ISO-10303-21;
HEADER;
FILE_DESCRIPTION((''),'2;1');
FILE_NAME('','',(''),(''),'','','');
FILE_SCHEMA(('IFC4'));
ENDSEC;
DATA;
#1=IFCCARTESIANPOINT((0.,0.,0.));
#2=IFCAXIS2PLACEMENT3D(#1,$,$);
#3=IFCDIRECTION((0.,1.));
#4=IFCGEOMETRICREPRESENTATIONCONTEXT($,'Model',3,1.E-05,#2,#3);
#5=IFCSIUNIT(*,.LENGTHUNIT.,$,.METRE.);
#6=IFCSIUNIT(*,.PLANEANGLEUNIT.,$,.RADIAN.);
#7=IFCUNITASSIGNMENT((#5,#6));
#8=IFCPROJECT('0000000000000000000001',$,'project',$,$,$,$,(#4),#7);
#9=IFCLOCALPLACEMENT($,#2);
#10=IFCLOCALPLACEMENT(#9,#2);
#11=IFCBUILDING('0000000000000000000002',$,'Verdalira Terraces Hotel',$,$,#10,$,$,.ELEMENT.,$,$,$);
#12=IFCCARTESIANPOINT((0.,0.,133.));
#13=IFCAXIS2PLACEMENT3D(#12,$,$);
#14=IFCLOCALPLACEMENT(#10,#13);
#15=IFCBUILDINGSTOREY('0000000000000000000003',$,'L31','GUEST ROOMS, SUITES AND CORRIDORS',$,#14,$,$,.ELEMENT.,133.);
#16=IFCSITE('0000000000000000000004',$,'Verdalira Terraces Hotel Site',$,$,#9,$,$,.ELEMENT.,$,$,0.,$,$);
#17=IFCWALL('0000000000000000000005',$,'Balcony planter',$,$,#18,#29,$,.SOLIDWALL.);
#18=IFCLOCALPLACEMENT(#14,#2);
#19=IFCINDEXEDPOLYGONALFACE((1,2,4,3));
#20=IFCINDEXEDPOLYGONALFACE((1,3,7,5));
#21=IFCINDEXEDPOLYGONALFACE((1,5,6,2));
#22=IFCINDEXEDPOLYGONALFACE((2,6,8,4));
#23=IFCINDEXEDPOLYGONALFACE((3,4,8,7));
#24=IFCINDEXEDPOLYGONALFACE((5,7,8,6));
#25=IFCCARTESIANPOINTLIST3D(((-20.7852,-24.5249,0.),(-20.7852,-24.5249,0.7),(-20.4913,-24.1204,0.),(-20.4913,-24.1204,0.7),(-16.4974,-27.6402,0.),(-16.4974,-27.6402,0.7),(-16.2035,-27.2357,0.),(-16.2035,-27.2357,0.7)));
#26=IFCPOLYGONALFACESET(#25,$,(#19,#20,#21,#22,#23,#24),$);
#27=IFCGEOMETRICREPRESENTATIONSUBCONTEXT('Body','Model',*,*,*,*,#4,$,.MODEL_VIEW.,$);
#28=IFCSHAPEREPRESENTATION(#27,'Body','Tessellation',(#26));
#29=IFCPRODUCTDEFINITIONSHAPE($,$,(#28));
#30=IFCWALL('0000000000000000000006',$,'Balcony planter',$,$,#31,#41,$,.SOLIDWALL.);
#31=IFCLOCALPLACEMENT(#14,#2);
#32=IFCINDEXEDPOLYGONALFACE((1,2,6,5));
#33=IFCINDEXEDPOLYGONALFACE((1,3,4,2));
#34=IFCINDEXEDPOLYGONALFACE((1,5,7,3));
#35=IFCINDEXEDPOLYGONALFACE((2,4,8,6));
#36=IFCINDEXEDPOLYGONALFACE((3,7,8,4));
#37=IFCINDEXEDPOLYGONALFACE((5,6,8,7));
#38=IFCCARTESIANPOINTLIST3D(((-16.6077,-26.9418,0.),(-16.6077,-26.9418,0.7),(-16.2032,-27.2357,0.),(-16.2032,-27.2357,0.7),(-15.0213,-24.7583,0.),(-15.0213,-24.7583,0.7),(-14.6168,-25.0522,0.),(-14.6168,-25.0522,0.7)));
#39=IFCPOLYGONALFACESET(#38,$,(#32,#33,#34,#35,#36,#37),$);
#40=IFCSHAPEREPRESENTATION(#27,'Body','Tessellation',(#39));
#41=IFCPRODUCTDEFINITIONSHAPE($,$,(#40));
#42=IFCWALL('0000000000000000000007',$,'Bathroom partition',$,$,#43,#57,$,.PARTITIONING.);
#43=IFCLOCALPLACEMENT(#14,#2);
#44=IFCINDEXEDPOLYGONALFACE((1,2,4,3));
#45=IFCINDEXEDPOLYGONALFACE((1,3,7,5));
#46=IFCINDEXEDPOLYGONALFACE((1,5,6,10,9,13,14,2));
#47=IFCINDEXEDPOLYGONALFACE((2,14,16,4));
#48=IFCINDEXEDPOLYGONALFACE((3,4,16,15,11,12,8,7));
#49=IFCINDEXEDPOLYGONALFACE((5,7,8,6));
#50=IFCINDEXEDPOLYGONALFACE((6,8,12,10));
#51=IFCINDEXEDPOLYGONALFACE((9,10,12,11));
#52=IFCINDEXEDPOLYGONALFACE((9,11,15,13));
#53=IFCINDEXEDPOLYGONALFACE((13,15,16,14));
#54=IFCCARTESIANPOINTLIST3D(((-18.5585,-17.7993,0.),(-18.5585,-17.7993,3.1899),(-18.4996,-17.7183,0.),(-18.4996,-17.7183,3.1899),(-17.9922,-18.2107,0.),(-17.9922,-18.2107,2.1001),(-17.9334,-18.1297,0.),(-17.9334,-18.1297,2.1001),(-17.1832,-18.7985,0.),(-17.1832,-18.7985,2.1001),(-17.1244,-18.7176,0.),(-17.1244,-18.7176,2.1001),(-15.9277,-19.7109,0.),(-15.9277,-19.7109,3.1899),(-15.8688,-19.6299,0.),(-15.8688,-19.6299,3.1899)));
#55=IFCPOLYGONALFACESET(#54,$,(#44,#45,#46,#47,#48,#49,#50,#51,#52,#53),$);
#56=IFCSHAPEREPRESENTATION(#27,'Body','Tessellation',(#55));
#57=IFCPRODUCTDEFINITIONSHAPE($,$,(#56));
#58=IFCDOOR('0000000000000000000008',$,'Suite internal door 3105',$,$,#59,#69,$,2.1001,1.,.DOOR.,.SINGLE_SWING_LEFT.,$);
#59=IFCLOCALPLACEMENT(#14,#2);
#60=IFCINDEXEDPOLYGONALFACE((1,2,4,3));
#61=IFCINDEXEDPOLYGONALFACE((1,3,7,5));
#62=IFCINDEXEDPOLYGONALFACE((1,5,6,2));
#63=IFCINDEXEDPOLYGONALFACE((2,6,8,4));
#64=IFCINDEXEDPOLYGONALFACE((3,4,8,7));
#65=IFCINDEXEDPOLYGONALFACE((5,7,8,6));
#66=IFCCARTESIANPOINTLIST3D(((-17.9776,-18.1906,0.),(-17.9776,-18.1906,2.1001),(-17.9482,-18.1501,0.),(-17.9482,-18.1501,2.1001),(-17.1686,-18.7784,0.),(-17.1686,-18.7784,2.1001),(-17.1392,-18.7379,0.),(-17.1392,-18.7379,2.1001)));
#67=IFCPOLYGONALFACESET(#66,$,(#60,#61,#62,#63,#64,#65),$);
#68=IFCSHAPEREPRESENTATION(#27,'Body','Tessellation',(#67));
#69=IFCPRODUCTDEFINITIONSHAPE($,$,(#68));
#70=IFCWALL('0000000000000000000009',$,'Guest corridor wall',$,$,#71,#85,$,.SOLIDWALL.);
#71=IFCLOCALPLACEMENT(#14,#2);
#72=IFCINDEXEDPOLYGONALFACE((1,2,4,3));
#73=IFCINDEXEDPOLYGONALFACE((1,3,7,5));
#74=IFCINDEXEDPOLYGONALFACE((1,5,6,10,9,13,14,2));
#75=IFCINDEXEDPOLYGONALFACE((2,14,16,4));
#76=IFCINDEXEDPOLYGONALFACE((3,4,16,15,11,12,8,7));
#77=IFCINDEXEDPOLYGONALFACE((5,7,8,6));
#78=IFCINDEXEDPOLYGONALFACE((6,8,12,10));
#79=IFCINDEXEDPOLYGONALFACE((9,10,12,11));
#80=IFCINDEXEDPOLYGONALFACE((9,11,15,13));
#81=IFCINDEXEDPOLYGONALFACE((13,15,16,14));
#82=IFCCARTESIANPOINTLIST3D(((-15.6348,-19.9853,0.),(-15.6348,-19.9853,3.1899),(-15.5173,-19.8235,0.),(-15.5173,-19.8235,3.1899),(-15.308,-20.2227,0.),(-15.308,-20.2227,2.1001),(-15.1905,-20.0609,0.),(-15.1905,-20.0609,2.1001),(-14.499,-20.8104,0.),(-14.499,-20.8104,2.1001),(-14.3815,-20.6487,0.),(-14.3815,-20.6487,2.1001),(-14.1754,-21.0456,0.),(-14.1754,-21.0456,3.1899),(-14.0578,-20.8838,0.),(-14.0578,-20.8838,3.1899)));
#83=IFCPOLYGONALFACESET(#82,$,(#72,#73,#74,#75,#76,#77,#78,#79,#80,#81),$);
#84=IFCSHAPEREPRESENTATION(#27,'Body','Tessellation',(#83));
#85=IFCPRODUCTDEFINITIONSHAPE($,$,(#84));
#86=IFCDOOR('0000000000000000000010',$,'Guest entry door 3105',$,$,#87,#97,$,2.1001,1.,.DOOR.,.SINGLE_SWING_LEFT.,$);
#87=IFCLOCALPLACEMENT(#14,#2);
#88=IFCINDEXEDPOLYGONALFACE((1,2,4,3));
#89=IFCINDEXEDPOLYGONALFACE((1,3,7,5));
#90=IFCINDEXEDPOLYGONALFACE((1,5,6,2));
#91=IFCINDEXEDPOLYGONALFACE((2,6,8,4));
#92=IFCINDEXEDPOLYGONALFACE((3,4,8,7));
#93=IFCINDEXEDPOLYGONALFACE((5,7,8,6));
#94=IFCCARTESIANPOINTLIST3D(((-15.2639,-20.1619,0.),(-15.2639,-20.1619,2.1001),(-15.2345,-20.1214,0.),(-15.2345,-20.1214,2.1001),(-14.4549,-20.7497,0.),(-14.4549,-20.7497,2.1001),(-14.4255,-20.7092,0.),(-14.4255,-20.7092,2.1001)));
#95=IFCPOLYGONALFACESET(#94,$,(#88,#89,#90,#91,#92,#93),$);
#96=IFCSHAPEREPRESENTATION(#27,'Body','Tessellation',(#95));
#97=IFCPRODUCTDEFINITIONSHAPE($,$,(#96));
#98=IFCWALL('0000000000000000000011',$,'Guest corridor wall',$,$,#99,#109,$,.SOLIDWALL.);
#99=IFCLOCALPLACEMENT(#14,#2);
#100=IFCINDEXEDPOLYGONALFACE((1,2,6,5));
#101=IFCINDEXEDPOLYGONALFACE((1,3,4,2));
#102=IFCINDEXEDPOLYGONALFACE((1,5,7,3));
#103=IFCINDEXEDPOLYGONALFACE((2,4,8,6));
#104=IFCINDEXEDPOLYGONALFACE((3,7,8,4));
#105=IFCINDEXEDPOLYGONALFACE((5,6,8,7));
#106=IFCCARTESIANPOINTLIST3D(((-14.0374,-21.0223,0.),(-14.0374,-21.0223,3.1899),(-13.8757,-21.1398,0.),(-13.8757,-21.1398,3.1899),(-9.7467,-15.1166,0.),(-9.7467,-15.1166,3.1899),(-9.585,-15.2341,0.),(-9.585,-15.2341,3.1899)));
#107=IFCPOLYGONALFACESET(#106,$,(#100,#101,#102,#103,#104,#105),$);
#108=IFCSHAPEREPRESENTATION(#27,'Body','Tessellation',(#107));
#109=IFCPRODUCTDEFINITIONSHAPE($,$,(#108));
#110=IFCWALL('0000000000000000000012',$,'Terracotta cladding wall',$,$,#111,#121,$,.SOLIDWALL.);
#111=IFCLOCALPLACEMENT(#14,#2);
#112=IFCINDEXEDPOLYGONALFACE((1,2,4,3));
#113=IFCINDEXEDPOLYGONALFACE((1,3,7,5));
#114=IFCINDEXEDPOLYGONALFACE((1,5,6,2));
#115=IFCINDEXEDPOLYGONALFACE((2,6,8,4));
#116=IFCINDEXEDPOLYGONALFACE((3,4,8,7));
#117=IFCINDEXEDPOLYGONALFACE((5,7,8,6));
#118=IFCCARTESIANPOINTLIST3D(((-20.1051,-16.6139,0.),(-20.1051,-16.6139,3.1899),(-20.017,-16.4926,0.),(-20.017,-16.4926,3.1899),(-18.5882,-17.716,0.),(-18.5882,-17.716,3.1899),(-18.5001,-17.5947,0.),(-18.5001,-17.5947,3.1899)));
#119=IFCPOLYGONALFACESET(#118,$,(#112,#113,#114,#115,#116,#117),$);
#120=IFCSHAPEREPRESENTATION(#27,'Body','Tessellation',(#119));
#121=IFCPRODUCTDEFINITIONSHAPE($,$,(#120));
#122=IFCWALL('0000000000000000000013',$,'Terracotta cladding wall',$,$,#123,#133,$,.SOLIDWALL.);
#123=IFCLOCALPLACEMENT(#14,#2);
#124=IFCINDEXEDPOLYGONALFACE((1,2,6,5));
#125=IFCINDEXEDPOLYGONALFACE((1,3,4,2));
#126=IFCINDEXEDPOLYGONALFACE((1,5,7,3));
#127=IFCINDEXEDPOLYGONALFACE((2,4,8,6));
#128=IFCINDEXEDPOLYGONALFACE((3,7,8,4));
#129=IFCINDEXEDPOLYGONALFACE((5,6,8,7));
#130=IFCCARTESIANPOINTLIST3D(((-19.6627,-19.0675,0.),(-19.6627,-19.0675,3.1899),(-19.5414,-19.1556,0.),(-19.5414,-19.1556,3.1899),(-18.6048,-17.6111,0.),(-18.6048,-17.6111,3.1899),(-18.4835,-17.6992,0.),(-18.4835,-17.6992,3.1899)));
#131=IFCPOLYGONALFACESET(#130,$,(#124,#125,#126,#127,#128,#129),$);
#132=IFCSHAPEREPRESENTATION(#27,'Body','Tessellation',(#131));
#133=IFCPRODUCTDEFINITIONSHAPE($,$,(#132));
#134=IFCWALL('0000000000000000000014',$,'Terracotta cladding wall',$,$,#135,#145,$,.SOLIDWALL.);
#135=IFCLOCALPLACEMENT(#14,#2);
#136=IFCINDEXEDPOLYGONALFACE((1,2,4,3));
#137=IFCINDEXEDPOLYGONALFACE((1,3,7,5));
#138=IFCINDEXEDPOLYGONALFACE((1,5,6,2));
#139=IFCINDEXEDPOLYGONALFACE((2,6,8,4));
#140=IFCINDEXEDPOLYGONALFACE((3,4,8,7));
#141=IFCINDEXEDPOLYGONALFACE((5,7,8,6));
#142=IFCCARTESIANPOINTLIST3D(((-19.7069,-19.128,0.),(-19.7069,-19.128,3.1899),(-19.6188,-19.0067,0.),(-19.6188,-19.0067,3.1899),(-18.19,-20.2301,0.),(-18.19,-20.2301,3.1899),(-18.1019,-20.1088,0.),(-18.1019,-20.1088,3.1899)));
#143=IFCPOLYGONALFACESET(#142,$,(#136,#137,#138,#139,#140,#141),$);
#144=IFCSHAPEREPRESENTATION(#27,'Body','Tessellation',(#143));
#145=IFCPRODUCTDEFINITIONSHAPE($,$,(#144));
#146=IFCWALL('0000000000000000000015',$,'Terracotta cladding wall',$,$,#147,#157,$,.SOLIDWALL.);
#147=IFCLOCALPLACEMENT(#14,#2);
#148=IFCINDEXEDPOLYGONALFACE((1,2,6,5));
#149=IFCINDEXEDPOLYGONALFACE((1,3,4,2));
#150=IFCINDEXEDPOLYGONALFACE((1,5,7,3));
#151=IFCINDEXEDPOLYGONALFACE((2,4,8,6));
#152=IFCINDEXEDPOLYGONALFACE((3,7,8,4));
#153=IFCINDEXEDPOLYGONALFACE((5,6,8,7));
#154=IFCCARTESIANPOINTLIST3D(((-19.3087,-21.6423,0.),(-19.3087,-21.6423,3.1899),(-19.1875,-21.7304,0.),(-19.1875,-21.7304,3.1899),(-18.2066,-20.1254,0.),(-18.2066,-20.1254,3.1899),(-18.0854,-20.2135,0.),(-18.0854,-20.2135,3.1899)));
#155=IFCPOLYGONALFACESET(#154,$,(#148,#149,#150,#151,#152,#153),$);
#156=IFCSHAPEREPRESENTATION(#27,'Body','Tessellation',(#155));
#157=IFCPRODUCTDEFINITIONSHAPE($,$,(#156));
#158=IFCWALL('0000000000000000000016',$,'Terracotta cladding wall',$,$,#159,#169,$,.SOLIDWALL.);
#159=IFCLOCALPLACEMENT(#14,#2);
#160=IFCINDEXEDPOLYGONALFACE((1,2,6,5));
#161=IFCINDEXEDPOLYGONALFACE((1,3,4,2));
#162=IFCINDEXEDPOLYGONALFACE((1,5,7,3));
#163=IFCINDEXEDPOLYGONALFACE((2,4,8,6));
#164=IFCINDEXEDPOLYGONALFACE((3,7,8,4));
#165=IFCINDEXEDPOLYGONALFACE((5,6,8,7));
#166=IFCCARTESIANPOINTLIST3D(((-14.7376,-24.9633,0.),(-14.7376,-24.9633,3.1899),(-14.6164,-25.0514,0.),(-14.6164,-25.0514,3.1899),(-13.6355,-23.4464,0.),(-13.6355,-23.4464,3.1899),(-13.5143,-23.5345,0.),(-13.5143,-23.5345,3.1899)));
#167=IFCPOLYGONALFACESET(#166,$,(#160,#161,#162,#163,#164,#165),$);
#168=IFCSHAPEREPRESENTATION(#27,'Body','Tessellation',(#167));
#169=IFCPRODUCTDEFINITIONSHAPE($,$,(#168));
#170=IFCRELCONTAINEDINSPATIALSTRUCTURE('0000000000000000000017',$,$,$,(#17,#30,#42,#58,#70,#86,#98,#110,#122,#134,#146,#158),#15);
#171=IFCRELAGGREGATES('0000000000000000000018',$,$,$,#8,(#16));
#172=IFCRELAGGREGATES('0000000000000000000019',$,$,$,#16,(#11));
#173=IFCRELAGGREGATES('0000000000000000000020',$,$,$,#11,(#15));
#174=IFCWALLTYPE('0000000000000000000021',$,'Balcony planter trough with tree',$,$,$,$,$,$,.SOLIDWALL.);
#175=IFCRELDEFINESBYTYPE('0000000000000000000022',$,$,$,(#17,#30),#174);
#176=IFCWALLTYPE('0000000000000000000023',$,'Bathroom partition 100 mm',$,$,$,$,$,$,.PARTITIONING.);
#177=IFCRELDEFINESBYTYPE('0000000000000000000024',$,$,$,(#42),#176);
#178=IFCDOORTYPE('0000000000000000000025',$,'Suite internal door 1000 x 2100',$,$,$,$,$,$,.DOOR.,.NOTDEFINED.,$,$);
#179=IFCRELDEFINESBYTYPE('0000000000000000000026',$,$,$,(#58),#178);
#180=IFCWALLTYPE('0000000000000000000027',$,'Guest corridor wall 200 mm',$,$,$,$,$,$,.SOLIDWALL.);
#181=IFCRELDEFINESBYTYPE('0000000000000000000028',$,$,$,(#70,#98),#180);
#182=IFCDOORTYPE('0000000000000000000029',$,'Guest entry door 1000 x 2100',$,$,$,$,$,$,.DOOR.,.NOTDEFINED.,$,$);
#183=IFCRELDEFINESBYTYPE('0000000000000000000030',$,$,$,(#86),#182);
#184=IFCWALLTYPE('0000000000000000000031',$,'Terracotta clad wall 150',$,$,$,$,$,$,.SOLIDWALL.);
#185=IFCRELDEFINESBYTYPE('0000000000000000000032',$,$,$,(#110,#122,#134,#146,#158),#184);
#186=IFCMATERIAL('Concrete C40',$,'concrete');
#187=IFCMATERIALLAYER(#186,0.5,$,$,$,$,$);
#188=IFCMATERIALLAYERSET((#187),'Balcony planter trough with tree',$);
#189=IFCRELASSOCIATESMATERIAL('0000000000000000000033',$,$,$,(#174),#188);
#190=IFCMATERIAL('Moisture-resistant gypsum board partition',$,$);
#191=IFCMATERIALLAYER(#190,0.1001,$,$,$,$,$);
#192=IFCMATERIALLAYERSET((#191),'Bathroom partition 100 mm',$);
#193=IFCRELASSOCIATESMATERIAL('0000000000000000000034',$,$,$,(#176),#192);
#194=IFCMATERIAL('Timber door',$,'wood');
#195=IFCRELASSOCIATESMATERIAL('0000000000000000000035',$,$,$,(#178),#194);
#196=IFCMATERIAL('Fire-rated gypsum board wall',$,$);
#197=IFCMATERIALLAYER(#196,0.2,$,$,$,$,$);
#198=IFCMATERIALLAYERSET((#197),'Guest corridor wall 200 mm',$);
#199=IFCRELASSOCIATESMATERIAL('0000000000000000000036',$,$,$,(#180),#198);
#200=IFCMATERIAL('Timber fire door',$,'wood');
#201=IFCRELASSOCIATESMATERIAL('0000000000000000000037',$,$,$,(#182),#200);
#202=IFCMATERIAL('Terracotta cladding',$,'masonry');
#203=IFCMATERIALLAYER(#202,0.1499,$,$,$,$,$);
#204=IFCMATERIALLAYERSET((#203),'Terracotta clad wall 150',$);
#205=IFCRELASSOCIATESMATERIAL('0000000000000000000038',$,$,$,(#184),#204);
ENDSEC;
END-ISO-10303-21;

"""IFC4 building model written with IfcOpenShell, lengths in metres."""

from ifc_helpers import new_model, si_unit, direction, frame, frame_2d, origin, place, context, subcontext, project, spatial, rectangle, extrude, material, layer, layer_set, type_object, element, fill, save


model = new_model("IFC4")

# Units and contexts
model_context = context("Model", 3, precision=1e-05, world=origin(), true_north=direction((0.0, 1.0)))
body_context = subcontext(model_context, "Body", "Model", "MODEL_VIEW")
ifc_project = project(units=[si_unit("LENGTHUNIT", "METRE"), si_unit("PLANEANGLEUNIT", "RADIAN")], contexts=[model_context])

# Site, building, storey
site_placement = place(None, origin())
site = spatial("IfcSite", under=ifc_project, at=site_placement, Name="Verdalira Terraces Hotel Site", CompositionType="ELEMENT", RefElevation=0.0)
building_placement = place(site_placement, origin())
building = spatial("IfcBuilding", under=site, at=building_placement, Name="Verdalira Terraces Hotel", CompositionType="ELEMENT")
storey_placement = place(building_placement, frame((0.0, 0.0, 133.0)))
storey = spatial("IfcBuildingStorey", under=building, at=storey_placement, Name="L31", Description="GUEST ROOMS, SUITES AND CORRIDORS", CompositionType="ELEMENT", Elevation=133.0)

# Walls
ifc_material_1 = material(Name="Concrete C40", Category="concrete")
ifc_layer_1 = layer(ifc_material_1, 0.5)
ifc_layer_set_1 = layer_set([ifc_layer_1], Name="Balcony planter trough with tree")
wall_type_1 = type_object("IfcWallType", Name="Balcony planter trough with tree", PredefinedType="SOLIDWALL", material=ifc_layer_set_1)
wall_1_placement = place(storey_placement, frame((-20.6382, -24.3228, 0.0), z_axis=(0.0, 0.0, 1.0), x_axis=(0.809023, -0.587777, 0.0)))
element("IfcWall", 1, at=wall_1_placement, inside=storey, type_object=wall_type_1, Name="Balcony planter", PredefinedType="SOLIDWALL", context=body_context, shape_type="SweptSolid", body=[
    extrude(rectangle(XDim=5.3, YDim=0.5, at=frame_2d((2.6499, 0.0))), origin(), (0.0, 0.0, 1.0), 0.7),
])
wall_2_placement = place(storey_placement, frame((-16.4055, -27.0889, 0.0), z_axis=(0.0, 0.0, 1.0), x_axis=(0.587774, 0.809025, 0.0)))
element("IfcWall", 2, at=wall_2_placement, inside=storey, type_object=wall_type_1, Name="Balcony planter", PredefinedType="SOLIDWALL", context=body_context, shape_type="SweptSolid", body=[
    extrude(rectangle(XDim=2.699, YDim=0.5, at=frame_2d((1.3496, 0.0))), origin(), (0.0, 0.0, 1.0), 0.7),
])

# Walls, openings, doors
ifc_material_2 = material(Name="Moisture-resistant gypsum board partition")
ifc_layer_2 = layer(ifc_material_2, 0.1001)
ifc_layer_set_2 = layer_set([ifc_layer_2], Name="Bathroom partition 100 mm")
wall_type_2 = type_object("IfcWallType", Name="Bathroom partition 100 mm", PredefinedType="PARTITIONING", material=ifc_layer_set_2)
wall_3_placement = place(storey_placement, frame((-18.5291, -17.7588, 0.0), z_axis=(0.0, 0.0, 1.0), x_axis=(0.808989, -0.587823, 0.0)))
wall_3 = element("IfcWall", 3, at=wall_3_placement, inside=storey, type_object=wall_type_2, Name="Bathroom partition", PredefinedType="PARTITIONING", context=body_context, shape_type="SweptSolid", body=[
    extrude(rectangle(XDim=3.252, YDim=0.1001, at=frame_2d((1.626, 0.0))), origin(), (0.0, 0.0, 1.0), 3.1899),
])
opening_1_placement = place(wall_3_placement, frame((0.7, 0.0, 0.0)))
opening_1 = element("IfcOpeningElement", 4, at=opening_1_placement, cuts=wall_3, PredefinedType="OPENING", context=body_context, shape_type="SweptSolid", body=[
    extrude(rectangle(XDim=1.0, YDim=2.1001, at=frame_2d((0.5, 1.05))), frame((0.0, 0.0601, 0.0), z_axis=(0.0, -1.0, 0.0), x_axis=(1.0, 0.0, 0.0)), (0.0, 0.0, 1.0), 0.1201),
])
ifc_material_3 = material(Name="Timber door", Category="wood")
door_type_1 = type_object("IfcDoorType", Name="Suite internal door 1000 x 2100", OperationType="NOTDEFINED", PredefinedType="DOOR", material=ifc_material_3)
door_1_placement = place(opening_1_placement, origin())
door_1 = element("IfcDoor", 5, at=door_1_placement, inside=storey, type_object=door_type_1, Name="Suite internal door 3105", OperationType="SINGLE_SWING_LEFT", OverallHeight=2.1001, OverallWidth=1.0, PredefinedType="DOOR", context=body_context, shape_type="SweptSolid", body=[
    extrude(rectangle(XDim=1.0, YDim=2.1001, at=frame_2d((0.5, 1.05))), frame((0.0, 0.0249, 0.0), z_axis=(0.0, -1.0, 0.0), x_axis=(1.0, 0.0, 0.0)), (0.0, 0.0, 1.0), 0.05),
])
fill(opening_1, door_1)
ifc_material_4 = material(Name="Fire-rated gypsum board wall")
ifc_layer_3 = layer(ifc_material_4, 0.2)
ifc_layer_set_3 = layer_set([ifc_layer_3], Name="Guest corridor wall 200 mm")
wall_type_3 = type_object("IfcWallType", Name="Guest corridor wall 200 mm", PredefinedType="SOLIDWALL", material=ifc_layer_set_3)
wall_4_placement = place(storey_placement, frame((-14.1167, -20.9646, 0.0), z_axis=(0.0, 0.0, 1.0), x_axis=(-0.809034, 0.587761, 0.0)))
wall_4 = element("IfcWall", 6, at=wall_4_placement, inside=storey, type_object=wall_type_3, Name="Guest corridor wall", PredefinedType="SOLIDWALL", context=body_context, shape_type="SweptSolid", body=[
    extrude(rectangle(XDim=1.804, YDim=0.2, at=frame_2d((0.9019, 0.0))), origin(), (0.0, 0.0, 1.0), 3.1899),
])
opening_2_placement = place(wall_4_placement, frame((0.3999, 0.0, 0.0)))
opening_2 = element("IfcOpeningElement", 7, at=opening_2_placement, cuts=wall_4, PredefinedType="OPENING", context=body_context, shape_type="SweptSolid", body=[
    extrude(rectangle(XDim=1.0, YDim=2.1001, at=frame_2d((0.5, 1.05))), frame((0.0, 0.1099, 0.0), z_axis=(0.0, -1.0, 0.0), x_axis=(1.0, 0.0, 0.0)), (0.0, 0.0, 1.0), 0.22),
])
ifc_material_5 = material(Name="Timber fire door", Category="wood")
door_type_2 = type_object("IfcDoorType", Name="Guest entry door 1000 x 2100", OperationType="NOTDEFINED", PredefinedType="DOOR", material=ifc_material_5)
door_2_placement = place(opening_2_placement, origin())
door_2 = element("IfcDoor", 8, at=door_2_placement, inside=storey, type_object=door_type_2, Name="Guest entry door 3105", OperationType="SINGLE_SWING_LEFT", OverallHeight=2.1001, OverallWidth=1.0, PredefinedType="DOOR", context=body_context, shape_type="SweptSolid", body=[
    extrude(rectangle(XDim=1.0, YDim=2.1001, at=frame_2d((0.5, 1.05))), frame((0.0, 0.0249, 0.0), z_axis=(0.0, -1.0, 0.0), x_axis=(1.0, 0.0, 0.0)), (0.0, 0.0, 1.0), 0.05),
])
fill(opening_2, door_2)

# Walls
wall_5_placement = place(storey_placement, frame((-13.9565, -21.0811, 0.0), z_axis=(0.0, 0.0, 1.0), x_axis=(0.587784, 0.809018, 0.0)))
element("IfcWall", 9, at=wall_5_placement, inside=storey, type_object=wall_type_3, Name="Guest corridor wall", PredefinedType="SOLIDWALL", context=body_context, shape_type="SweptSolid", body=[
    extrude(rectangle(XDim=7.2998, YDim=0.2, at=frame_2d((3.6499, 0.0))), origin(), (0.0, 0.0, 1.0), 3.1899),
])
ifc_material_6 = material(Name="Terracotta cladding", Category="masonry")
ifc_layer_4 = layer(ifc_material_6, 0.1499)
ifc_layer_set_4 = layer_set([ifc_layer_4], Name="Terracotta clad wall 150")
wall_type_4 = type_object("IfcWallType", Name="Terracotta clad wall 150", PredefinedType="SOLIDWALL", material=ifc_layer_set_4)
wall_6_placement = place(storey_placement, frame((-20.061, -16.5532, 0.0), z_axis=(0.0, 0.0, 1.0), x_axis=(0.809018, -0.587785, 0.0)))
element("IfcWall", 10, at=wall_6_placement, inside=storey, type_object=wall_type_4, Name="Terracotta cladding wall", PredefinedType="SOLIDWALL", context=body_context, shape_type="SweptSolid", body=[
    extrude(rectangle(XDim=1.875, YDim=0.1499, at=frame_2d((0.9375, 0.0))), origin(), (0.0, 0.0, 1.0), 3.1899),
])
wall_7_placement = place(storey_placement, frame((-18.5442, -17.6553, 0.0), z_axis=(0.0, 0.0, 1.0), x_axis=(-0.587712, -0.80907, 0.0)))
element("IfcWall", 11, at=wall_7_placement, inside=storey, type_object=wall_type_4, Name="Terracotta cladding wall", PredefinedType="SOLIDWALL", context=body_context, shape_type="SweptSolid", body=[
    extrude(rectangle(XDim=1.8, YDim=0.1499, at=frame_2d((0.8999, 0.0))), origin(), (0.0, 0.0, 1.0), 3.1899),
])
for number, where, z_axis, x_axis, name in (
    (12, (-19.6628, -19.0674, 0.0), (0.0, 0.0, 1.0), (0.809018, -0.587785, 0.0), "Terracotta cladding wall"),
    (13, (-18.146, -20.1694, 0.0), (0.0, 0.0, 1.0), (-0.587785, -0.809018, 0.0), "Terracotta cladding wall"),
    (14, (-14.677, -25.0073, 0.0), (0.0, 0.0, 1.0), (0.587785, 0.809018, 0.0), "Terracotta cladding wall"),
):
    element("IfcWall", number, at=place(storey_placement, frame(where, z_axis=z_axis, x_axis=x_axis)), inside=storey, type_object=wall_type_4, Name=name, PredefinedType="SOLIDWALL", context=body_context, shape_type="SweptSolid", body=[
        extrude(rectangle(XDim=1.875, YDim=0.1499, at=frame_2d((0.9375, 0.0))), origin(), (0.0, 0.0, 1.0), 3.1899),
    ])

save(model, "model.ifc")
